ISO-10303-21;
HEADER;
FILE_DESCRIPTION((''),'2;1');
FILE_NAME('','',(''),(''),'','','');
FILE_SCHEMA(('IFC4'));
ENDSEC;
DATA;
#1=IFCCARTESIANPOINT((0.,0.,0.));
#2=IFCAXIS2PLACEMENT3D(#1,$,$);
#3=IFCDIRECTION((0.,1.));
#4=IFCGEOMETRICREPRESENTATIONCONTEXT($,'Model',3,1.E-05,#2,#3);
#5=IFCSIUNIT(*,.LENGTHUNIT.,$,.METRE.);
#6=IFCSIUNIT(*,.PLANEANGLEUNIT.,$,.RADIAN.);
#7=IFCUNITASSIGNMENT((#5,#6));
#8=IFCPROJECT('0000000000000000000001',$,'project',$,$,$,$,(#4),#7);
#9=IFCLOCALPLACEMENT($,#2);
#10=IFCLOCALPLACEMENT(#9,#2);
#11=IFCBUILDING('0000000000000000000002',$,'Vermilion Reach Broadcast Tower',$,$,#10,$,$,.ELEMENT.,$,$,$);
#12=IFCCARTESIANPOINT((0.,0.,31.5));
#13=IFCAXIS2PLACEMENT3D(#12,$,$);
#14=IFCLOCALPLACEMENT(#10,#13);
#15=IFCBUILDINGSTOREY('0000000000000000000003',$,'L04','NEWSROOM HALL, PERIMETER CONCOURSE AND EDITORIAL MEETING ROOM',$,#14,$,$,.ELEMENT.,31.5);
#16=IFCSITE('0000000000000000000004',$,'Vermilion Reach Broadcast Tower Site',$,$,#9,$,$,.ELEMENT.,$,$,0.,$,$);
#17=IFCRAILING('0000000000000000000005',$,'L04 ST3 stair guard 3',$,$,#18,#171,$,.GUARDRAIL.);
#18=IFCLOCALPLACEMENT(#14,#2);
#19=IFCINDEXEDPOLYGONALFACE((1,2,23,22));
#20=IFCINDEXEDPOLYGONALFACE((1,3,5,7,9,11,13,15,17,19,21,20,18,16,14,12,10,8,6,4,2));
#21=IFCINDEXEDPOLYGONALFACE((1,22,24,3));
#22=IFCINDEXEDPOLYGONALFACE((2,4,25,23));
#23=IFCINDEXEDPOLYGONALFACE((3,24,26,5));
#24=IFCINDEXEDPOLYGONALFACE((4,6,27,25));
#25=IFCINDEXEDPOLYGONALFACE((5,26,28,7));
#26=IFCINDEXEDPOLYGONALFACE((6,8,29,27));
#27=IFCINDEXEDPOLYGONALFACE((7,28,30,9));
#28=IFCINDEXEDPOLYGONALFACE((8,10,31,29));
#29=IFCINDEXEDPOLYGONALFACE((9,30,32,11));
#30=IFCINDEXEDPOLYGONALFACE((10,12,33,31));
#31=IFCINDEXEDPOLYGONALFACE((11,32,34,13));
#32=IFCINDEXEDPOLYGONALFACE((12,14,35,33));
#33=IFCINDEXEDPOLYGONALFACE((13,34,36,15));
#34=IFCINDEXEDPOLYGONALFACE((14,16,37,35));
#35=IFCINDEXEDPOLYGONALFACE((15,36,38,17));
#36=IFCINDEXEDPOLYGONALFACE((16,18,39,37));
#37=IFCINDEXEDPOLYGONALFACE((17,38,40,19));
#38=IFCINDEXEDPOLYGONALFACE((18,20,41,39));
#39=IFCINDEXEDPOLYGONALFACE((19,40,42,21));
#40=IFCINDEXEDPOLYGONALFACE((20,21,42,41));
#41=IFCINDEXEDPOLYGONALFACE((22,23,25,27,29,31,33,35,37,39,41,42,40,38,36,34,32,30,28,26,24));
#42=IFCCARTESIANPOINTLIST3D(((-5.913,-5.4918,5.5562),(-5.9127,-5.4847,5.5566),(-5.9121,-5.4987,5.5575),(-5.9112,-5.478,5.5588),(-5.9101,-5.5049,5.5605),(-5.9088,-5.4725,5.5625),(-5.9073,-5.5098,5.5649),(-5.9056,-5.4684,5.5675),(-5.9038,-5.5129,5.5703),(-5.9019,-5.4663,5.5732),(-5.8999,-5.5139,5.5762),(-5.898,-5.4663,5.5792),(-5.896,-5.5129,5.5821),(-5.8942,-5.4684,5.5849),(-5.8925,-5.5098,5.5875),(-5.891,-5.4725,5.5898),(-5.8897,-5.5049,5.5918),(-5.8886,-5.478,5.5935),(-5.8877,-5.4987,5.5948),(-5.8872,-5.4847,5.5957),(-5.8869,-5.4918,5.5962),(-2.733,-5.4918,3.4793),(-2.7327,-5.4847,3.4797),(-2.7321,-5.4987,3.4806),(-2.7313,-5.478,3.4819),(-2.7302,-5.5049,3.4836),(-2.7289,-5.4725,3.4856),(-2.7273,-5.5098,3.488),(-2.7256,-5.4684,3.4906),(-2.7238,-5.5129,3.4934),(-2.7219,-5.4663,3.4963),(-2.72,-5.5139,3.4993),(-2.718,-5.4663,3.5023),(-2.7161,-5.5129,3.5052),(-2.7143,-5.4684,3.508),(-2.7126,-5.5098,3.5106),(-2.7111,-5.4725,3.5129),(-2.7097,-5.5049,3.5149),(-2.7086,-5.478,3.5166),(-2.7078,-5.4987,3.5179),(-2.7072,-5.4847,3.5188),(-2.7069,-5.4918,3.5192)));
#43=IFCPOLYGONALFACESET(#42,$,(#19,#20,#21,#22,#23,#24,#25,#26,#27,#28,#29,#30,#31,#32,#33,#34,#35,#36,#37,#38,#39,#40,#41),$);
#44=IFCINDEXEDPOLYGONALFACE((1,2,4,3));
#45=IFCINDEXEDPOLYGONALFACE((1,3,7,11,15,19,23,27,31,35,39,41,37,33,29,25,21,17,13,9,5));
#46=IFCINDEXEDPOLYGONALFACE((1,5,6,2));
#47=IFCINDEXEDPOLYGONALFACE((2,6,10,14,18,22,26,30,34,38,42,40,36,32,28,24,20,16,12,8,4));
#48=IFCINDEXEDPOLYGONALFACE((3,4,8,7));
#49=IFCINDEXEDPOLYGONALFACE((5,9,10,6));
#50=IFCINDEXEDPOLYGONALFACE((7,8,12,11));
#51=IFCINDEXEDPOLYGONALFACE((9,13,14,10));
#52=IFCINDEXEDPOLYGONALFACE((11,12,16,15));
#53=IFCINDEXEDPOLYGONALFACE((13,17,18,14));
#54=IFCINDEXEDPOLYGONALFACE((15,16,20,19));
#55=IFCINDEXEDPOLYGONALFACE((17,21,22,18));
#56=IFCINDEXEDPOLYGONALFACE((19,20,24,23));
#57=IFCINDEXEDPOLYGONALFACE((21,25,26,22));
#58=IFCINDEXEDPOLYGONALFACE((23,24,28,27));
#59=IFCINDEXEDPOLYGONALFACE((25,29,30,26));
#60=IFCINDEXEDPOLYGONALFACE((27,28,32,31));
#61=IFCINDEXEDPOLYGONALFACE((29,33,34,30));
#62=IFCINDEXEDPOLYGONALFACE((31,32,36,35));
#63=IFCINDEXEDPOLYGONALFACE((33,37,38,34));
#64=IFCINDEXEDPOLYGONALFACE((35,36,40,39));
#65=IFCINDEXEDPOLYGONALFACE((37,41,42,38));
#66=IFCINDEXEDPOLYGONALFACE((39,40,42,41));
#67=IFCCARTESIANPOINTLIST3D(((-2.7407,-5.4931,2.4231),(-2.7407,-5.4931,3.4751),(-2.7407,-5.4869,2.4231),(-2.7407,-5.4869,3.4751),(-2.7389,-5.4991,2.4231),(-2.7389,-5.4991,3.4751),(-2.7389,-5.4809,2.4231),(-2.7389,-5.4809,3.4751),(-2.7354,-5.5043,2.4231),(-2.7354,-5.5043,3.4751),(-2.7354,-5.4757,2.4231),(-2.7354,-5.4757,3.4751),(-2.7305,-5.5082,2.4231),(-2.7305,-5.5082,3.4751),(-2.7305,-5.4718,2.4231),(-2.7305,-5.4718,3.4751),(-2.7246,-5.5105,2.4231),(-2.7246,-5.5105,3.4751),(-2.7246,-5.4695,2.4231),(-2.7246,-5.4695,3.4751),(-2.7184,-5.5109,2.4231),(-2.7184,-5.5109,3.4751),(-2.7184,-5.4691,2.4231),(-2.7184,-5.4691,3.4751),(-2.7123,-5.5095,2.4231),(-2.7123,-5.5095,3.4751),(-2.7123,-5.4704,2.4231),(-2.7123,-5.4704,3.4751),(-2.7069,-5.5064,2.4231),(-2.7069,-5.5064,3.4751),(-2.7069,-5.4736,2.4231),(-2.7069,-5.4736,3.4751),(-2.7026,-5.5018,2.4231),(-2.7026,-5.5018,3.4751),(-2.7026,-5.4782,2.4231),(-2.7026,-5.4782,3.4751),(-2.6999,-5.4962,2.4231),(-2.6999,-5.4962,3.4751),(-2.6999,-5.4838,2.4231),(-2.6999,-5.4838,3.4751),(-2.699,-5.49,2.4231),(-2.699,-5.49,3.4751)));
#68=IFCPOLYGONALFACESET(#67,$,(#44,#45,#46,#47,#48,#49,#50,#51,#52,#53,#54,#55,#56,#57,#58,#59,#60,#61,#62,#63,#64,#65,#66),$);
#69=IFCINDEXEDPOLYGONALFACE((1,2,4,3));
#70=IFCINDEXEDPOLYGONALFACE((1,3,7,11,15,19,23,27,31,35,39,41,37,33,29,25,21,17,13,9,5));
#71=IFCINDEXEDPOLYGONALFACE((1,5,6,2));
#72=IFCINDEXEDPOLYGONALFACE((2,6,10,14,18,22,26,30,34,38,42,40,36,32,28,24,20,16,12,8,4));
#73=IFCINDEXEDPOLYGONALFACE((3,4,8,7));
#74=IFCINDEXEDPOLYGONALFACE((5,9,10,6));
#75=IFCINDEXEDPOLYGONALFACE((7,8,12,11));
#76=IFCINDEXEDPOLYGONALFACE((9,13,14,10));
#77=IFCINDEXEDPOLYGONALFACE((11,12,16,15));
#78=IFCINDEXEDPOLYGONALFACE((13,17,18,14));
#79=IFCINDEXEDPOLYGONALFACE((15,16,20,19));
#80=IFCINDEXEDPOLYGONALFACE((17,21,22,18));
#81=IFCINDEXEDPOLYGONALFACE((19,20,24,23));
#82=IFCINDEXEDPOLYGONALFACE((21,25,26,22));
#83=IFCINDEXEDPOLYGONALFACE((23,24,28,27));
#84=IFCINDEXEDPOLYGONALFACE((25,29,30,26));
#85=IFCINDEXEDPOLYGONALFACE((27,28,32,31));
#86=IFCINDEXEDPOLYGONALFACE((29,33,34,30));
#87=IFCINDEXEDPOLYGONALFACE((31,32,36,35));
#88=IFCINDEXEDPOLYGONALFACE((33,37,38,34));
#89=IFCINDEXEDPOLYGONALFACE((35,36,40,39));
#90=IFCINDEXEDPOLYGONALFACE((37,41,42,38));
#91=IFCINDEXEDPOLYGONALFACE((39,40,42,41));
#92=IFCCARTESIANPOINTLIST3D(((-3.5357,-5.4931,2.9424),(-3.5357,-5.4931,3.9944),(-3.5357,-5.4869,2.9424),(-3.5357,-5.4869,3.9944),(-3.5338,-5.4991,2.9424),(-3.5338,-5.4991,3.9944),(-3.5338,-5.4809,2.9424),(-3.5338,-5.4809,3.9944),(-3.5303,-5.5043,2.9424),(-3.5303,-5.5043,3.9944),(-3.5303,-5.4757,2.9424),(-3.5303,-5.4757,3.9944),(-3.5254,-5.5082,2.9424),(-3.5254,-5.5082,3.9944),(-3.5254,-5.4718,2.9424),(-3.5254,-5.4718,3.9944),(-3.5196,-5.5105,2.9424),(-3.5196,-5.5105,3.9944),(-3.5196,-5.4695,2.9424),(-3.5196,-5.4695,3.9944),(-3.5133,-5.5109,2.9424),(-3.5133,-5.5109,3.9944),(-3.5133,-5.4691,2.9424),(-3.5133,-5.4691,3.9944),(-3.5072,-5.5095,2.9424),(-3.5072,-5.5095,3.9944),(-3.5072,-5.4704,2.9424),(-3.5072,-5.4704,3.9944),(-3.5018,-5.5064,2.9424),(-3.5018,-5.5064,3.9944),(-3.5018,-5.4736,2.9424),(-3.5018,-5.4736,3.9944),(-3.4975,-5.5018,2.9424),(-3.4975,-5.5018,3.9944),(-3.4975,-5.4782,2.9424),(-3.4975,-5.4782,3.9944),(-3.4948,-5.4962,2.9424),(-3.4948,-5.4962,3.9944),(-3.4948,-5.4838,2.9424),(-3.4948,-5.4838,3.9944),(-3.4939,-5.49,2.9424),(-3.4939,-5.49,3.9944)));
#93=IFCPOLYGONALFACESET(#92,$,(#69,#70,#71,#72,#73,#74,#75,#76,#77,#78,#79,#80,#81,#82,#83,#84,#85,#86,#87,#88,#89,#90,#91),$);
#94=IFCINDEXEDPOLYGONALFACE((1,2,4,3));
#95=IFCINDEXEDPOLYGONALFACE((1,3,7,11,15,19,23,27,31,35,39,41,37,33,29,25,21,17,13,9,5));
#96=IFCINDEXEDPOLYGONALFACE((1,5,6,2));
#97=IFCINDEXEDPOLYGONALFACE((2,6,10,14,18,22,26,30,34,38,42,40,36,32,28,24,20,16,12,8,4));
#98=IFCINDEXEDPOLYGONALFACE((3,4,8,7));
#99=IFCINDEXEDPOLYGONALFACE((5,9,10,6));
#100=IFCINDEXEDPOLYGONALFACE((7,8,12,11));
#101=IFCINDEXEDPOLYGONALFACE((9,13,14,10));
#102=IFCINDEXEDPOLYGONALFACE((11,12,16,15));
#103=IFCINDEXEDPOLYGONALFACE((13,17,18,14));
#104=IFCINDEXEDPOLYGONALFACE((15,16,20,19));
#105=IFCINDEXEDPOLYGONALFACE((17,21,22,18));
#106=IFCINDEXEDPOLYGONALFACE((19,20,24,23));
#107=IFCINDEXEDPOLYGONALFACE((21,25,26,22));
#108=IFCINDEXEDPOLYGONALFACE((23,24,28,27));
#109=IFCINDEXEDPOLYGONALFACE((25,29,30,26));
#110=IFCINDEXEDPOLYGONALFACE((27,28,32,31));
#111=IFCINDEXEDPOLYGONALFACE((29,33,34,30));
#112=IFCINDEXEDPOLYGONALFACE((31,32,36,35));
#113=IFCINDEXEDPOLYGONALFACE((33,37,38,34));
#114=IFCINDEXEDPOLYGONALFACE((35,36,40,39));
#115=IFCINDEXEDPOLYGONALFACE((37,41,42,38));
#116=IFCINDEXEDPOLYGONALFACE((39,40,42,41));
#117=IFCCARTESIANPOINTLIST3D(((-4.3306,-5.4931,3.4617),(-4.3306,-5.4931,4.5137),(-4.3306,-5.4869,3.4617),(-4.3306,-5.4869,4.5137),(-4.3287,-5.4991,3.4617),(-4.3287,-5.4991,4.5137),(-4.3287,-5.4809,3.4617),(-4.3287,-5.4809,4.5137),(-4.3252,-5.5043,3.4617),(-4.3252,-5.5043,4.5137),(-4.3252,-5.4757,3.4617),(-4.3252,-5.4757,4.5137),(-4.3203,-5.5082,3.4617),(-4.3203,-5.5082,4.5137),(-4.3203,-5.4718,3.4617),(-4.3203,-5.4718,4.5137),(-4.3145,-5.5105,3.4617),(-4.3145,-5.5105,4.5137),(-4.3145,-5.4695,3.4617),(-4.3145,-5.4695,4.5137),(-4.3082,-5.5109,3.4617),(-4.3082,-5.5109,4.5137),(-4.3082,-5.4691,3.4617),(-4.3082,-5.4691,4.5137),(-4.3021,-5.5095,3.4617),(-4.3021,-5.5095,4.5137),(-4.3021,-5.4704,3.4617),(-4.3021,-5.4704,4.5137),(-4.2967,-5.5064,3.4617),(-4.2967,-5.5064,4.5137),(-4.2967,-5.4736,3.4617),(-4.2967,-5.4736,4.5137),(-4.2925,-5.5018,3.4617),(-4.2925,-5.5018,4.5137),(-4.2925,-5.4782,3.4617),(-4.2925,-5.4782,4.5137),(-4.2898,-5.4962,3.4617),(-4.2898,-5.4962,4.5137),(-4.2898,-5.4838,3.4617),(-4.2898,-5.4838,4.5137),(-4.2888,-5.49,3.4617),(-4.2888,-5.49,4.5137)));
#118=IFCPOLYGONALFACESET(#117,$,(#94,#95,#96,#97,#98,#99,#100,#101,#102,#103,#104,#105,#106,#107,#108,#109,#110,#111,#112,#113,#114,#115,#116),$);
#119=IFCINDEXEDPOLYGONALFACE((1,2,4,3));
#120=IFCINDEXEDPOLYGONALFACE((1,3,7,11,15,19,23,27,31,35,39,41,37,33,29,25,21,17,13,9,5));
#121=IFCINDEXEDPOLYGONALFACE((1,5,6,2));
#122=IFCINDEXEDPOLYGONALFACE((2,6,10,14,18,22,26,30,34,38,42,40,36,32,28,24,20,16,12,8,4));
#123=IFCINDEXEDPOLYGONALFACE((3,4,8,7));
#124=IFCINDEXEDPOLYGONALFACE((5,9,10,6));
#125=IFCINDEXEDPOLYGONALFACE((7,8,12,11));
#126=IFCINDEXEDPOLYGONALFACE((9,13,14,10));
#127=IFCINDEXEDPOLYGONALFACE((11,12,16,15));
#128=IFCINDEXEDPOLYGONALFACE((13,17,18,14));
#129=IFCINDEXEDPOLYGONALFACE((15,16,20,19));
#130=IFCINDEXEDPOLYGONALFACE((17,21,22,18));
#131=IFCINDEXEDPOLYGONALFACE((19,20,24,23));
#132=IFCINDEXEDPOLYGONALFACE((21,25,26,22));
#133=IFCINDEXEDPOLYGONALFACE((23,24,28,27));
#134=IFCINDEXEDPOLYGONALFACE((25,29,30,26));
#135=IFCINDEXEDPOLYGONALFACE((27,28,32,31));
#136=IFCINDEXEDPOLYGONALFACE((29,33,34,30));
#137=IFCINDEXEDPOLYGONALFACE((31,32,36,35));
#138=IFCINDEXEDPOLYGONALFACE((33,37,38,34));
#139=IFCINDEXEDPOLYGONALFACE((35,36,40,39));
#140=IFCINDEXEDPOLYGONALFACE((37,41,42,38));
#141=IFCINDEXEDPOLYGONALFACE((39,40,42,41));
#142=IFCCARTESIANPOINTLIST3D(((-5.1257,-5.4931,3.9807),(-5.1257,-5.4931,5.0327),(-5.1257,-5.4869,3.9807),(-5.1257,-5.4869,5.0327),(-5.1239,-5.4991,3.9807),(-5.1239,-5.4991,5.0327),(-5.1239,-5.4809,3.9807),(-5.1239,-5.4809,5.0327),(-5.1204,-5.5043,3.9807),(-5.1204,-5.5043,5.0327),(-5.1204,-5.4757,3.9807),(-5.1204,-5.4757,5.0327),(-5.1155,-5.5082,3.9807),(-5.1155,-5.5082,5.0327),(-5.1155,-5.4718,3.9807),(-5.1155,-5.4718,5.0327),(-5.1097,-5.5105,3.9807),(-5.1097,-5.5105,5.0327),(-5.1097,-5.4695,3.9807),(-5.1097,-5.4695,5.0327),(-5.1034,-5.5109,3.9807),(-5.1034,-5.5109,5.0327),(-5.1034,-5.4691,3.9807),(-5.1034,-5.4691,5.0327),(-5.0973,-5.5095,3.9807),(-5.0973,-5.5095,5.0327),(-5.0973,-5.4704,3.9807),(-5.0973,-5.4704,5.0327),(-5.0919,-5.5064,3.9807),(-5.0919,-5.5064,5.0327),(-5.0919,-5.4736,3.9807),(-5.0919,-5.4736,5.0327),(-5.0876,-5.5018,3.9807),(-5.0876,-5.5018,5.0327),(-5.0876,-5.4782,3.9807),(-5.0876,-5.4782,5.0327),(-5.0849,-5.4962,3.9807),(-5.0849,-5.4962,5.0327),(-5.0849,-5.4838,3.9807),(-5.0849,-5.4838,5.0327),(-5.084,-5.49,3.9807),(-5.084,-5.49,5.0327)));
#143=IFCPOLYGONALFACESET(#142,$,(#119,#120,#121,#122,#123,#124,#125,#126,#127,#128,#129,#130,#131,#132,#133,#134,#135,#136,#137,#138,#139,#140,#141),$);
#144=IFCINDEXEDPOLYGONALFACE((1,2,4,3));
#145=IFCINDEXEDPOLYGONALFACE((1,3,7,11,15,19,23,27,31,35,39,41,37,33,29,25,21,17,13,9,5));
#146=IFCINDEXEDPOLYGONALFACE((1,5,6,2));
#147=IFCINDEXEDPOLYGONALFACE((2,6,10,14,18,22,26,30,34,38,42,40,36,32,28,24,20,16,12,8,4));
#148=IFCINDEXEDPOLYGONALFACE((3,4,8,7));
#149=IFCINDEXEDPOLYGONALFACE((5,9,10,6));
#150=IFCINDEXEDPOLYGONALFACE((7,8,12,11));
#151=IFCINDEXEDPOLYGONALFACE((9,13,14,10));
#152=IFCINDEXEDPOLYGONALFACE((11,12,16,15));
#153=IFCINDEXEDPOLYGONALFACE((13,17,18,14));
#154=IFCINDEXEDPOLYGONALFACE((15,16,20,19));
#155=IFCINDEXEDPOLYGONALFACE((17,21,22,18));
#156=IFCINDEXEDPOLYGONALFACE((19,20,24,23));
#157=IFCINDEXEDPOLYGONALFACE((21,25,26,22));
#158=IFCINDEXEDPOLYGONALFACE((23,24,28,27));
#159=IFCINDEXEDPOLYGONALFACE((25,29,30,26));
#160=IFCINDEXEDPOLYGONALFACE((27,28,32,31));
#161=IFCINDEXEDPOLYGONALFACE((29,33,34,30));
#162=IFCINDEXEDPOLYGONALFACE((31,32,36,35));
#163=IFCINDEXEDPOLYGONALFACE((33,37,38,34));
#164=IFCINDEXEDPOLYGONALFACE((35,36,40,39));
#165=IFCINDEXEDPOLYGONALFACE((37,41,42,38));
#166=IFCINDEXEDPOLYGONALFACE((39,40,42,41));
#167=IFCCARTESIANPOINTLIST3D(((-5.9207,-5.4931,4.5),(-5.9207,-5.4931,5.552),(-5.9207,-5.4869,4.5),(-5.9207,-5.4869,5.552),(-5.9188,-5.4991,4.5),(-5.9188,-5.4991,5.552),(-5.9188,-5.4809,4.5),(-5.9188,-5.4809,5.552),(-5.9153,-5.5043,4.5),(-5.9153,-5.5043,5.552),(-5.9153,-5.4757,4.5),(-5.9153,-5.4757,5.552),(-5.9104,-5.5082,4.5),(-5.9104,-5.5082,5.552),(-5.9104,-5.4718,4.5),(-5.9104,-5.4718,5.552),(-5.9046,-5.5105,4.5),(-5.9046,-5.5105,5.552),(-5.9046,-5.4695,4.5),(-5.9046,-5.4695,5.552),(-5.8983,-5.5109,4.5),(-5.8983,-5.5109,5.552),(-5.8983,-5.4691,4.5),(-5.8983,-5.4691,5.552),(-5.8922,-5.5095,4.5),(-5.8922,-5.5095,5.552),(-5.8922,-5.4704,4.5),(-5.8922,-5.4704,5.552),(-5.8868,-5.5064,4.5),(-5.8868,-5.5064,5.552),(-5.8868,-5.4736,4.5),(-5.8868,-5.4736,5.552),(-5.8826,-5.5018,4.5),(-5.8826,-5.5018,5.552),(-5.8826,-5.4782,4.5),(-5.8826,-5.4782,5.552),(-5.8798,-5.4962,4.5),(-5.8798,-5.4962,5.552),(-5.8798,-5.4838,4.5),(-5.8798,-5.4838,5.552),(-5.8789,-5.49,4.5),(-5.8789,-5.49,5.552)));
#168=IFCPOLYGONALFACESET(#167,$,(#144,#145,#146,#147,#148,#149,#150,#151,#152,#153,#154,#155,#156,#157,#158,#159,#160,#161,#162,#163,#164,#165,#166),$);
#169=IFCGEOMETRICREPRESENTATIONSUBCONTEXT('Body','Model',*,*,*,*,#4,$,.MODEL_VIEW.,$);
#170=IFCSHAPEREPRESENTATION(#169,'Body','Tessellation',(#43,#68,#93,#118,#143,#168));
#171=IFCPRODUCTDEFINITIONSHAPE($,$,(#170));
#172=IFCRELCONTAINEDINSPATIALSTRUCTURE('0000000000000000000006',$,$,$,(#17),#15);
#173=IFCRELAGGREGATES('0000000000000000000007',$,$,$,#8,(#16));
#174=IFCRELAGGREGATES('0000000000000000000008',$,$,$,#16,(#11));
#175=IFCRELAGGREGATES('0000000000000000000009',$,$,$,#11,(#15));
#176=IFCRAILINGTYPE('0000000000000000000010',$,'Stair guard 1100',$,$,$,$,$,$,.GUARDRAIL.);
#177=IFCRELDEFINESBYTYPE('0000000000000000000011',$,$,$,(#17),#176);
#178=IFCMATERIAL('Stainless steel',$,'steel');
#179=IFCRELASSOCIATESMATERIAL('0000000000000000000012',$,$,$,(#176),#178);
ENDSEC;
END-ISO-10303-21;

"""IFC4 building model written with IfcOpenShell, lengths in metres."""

from ifc_helpers import new_model, si_unit, direction, frame, origin, origin_2d, place, context, subcontext, project, spatial, circle, extrude, material, type_object, element, save


model = new_model("IFC4")

# Units and contexts
model_context = context("Model", 3, precision=1e-05, world=origin(), true_north=direction((0.0, 1.0)))
body_context = subcontext(model_context, "Body", "Model", "MODEL_VIEW")
ifc_project = project(units=[si_unit("LENGTHUNIT", "METRE"), si_unit("PLANEANGLEUNIT", "RADIAN")], contexts=[model_context])

# Site, building, storey
site_placement = place(None, origin())
site = spatial("IfcSite", under=ifc_project, at=site_placement, Name="Vermilion Reach Broadcast Tower Site", CompositionType="ELEMENT", RefElevation=0.0)
building_placement = place(site_placement, origin())
building = spatial("IfcBuilding", under=site, at=building_placement, Name="Vermilion Reach Broadcast Tower", CompositionType="ELEMENT")
storey_placement = place(building_placement, frame((0.0, 0.0, 31.5)))
storey = spatial("IfcBuildingStorey", under=building, at=storey_placement, Name="L04", Description="NEWSROOM HALL, PERIMETER CONCOURSE AND EDITORIAL MEETING ROOM", CompositionType="ELEMENT", Elevation=31.5)

# Railing
ifc_material_1 = material(Name="Stainless steel", Category="steel")
railing_type_1 = type_object("IfcRailingType", Name="Stair guard 1100", PredefinedType="GUARDRAIL", material=ifc_material_1)
railing_1_placement = place(storey_placement, frame((-2.72, -5.49, 2.4231)))
element("IfcRailing", 1, at=railing_1_placement, inside=storey, type_object=railing_type_1, Name="L04 ST3 stair guard 3", PredefinedType="GUARDRAIL", context=body_context, shape_type="SweptSolid", body=[
    extrude(circle(Radius=0.0239, at=origin_2d()), frame((0.0, 0.0, 1.0762), z_axis=(-0.837245, 0.0, 0.546828), x_axis=(0.0, -1.0, 0.0)), (0.0, 0.0, 1.0), 3.7981),
    extrude(circle(Radius=0.021, at=origin_2d()), origin(), (0.0, 0.0, 1.0), 1.052),
    extrude(circle(Radius=0.021, at=origin_2d()), frame((-0.7949, 0.0, 0.5193)), (0.0, 0.0, 1.0), 1.052),
    extrude(circle(Radius=0.021, at=origin_2d()), frame((-1.5898, 0.0, 1.0386)), (0.0, 0.0, 1.0), 1.052),
    extrude(circle(Radius=0.021, at=origin_2d()), frame((-2.385, 0.0, 1.5576)), (0.0, 0.0, 1.0), 1.052),
    extrude(circle(Radius=0.021, at=origin_2d()), frame((-3.1799, 0.0, 2.0769)), (0.0, 0.0, 1.0), 1.052),
])

save(model, "model.ifc")
